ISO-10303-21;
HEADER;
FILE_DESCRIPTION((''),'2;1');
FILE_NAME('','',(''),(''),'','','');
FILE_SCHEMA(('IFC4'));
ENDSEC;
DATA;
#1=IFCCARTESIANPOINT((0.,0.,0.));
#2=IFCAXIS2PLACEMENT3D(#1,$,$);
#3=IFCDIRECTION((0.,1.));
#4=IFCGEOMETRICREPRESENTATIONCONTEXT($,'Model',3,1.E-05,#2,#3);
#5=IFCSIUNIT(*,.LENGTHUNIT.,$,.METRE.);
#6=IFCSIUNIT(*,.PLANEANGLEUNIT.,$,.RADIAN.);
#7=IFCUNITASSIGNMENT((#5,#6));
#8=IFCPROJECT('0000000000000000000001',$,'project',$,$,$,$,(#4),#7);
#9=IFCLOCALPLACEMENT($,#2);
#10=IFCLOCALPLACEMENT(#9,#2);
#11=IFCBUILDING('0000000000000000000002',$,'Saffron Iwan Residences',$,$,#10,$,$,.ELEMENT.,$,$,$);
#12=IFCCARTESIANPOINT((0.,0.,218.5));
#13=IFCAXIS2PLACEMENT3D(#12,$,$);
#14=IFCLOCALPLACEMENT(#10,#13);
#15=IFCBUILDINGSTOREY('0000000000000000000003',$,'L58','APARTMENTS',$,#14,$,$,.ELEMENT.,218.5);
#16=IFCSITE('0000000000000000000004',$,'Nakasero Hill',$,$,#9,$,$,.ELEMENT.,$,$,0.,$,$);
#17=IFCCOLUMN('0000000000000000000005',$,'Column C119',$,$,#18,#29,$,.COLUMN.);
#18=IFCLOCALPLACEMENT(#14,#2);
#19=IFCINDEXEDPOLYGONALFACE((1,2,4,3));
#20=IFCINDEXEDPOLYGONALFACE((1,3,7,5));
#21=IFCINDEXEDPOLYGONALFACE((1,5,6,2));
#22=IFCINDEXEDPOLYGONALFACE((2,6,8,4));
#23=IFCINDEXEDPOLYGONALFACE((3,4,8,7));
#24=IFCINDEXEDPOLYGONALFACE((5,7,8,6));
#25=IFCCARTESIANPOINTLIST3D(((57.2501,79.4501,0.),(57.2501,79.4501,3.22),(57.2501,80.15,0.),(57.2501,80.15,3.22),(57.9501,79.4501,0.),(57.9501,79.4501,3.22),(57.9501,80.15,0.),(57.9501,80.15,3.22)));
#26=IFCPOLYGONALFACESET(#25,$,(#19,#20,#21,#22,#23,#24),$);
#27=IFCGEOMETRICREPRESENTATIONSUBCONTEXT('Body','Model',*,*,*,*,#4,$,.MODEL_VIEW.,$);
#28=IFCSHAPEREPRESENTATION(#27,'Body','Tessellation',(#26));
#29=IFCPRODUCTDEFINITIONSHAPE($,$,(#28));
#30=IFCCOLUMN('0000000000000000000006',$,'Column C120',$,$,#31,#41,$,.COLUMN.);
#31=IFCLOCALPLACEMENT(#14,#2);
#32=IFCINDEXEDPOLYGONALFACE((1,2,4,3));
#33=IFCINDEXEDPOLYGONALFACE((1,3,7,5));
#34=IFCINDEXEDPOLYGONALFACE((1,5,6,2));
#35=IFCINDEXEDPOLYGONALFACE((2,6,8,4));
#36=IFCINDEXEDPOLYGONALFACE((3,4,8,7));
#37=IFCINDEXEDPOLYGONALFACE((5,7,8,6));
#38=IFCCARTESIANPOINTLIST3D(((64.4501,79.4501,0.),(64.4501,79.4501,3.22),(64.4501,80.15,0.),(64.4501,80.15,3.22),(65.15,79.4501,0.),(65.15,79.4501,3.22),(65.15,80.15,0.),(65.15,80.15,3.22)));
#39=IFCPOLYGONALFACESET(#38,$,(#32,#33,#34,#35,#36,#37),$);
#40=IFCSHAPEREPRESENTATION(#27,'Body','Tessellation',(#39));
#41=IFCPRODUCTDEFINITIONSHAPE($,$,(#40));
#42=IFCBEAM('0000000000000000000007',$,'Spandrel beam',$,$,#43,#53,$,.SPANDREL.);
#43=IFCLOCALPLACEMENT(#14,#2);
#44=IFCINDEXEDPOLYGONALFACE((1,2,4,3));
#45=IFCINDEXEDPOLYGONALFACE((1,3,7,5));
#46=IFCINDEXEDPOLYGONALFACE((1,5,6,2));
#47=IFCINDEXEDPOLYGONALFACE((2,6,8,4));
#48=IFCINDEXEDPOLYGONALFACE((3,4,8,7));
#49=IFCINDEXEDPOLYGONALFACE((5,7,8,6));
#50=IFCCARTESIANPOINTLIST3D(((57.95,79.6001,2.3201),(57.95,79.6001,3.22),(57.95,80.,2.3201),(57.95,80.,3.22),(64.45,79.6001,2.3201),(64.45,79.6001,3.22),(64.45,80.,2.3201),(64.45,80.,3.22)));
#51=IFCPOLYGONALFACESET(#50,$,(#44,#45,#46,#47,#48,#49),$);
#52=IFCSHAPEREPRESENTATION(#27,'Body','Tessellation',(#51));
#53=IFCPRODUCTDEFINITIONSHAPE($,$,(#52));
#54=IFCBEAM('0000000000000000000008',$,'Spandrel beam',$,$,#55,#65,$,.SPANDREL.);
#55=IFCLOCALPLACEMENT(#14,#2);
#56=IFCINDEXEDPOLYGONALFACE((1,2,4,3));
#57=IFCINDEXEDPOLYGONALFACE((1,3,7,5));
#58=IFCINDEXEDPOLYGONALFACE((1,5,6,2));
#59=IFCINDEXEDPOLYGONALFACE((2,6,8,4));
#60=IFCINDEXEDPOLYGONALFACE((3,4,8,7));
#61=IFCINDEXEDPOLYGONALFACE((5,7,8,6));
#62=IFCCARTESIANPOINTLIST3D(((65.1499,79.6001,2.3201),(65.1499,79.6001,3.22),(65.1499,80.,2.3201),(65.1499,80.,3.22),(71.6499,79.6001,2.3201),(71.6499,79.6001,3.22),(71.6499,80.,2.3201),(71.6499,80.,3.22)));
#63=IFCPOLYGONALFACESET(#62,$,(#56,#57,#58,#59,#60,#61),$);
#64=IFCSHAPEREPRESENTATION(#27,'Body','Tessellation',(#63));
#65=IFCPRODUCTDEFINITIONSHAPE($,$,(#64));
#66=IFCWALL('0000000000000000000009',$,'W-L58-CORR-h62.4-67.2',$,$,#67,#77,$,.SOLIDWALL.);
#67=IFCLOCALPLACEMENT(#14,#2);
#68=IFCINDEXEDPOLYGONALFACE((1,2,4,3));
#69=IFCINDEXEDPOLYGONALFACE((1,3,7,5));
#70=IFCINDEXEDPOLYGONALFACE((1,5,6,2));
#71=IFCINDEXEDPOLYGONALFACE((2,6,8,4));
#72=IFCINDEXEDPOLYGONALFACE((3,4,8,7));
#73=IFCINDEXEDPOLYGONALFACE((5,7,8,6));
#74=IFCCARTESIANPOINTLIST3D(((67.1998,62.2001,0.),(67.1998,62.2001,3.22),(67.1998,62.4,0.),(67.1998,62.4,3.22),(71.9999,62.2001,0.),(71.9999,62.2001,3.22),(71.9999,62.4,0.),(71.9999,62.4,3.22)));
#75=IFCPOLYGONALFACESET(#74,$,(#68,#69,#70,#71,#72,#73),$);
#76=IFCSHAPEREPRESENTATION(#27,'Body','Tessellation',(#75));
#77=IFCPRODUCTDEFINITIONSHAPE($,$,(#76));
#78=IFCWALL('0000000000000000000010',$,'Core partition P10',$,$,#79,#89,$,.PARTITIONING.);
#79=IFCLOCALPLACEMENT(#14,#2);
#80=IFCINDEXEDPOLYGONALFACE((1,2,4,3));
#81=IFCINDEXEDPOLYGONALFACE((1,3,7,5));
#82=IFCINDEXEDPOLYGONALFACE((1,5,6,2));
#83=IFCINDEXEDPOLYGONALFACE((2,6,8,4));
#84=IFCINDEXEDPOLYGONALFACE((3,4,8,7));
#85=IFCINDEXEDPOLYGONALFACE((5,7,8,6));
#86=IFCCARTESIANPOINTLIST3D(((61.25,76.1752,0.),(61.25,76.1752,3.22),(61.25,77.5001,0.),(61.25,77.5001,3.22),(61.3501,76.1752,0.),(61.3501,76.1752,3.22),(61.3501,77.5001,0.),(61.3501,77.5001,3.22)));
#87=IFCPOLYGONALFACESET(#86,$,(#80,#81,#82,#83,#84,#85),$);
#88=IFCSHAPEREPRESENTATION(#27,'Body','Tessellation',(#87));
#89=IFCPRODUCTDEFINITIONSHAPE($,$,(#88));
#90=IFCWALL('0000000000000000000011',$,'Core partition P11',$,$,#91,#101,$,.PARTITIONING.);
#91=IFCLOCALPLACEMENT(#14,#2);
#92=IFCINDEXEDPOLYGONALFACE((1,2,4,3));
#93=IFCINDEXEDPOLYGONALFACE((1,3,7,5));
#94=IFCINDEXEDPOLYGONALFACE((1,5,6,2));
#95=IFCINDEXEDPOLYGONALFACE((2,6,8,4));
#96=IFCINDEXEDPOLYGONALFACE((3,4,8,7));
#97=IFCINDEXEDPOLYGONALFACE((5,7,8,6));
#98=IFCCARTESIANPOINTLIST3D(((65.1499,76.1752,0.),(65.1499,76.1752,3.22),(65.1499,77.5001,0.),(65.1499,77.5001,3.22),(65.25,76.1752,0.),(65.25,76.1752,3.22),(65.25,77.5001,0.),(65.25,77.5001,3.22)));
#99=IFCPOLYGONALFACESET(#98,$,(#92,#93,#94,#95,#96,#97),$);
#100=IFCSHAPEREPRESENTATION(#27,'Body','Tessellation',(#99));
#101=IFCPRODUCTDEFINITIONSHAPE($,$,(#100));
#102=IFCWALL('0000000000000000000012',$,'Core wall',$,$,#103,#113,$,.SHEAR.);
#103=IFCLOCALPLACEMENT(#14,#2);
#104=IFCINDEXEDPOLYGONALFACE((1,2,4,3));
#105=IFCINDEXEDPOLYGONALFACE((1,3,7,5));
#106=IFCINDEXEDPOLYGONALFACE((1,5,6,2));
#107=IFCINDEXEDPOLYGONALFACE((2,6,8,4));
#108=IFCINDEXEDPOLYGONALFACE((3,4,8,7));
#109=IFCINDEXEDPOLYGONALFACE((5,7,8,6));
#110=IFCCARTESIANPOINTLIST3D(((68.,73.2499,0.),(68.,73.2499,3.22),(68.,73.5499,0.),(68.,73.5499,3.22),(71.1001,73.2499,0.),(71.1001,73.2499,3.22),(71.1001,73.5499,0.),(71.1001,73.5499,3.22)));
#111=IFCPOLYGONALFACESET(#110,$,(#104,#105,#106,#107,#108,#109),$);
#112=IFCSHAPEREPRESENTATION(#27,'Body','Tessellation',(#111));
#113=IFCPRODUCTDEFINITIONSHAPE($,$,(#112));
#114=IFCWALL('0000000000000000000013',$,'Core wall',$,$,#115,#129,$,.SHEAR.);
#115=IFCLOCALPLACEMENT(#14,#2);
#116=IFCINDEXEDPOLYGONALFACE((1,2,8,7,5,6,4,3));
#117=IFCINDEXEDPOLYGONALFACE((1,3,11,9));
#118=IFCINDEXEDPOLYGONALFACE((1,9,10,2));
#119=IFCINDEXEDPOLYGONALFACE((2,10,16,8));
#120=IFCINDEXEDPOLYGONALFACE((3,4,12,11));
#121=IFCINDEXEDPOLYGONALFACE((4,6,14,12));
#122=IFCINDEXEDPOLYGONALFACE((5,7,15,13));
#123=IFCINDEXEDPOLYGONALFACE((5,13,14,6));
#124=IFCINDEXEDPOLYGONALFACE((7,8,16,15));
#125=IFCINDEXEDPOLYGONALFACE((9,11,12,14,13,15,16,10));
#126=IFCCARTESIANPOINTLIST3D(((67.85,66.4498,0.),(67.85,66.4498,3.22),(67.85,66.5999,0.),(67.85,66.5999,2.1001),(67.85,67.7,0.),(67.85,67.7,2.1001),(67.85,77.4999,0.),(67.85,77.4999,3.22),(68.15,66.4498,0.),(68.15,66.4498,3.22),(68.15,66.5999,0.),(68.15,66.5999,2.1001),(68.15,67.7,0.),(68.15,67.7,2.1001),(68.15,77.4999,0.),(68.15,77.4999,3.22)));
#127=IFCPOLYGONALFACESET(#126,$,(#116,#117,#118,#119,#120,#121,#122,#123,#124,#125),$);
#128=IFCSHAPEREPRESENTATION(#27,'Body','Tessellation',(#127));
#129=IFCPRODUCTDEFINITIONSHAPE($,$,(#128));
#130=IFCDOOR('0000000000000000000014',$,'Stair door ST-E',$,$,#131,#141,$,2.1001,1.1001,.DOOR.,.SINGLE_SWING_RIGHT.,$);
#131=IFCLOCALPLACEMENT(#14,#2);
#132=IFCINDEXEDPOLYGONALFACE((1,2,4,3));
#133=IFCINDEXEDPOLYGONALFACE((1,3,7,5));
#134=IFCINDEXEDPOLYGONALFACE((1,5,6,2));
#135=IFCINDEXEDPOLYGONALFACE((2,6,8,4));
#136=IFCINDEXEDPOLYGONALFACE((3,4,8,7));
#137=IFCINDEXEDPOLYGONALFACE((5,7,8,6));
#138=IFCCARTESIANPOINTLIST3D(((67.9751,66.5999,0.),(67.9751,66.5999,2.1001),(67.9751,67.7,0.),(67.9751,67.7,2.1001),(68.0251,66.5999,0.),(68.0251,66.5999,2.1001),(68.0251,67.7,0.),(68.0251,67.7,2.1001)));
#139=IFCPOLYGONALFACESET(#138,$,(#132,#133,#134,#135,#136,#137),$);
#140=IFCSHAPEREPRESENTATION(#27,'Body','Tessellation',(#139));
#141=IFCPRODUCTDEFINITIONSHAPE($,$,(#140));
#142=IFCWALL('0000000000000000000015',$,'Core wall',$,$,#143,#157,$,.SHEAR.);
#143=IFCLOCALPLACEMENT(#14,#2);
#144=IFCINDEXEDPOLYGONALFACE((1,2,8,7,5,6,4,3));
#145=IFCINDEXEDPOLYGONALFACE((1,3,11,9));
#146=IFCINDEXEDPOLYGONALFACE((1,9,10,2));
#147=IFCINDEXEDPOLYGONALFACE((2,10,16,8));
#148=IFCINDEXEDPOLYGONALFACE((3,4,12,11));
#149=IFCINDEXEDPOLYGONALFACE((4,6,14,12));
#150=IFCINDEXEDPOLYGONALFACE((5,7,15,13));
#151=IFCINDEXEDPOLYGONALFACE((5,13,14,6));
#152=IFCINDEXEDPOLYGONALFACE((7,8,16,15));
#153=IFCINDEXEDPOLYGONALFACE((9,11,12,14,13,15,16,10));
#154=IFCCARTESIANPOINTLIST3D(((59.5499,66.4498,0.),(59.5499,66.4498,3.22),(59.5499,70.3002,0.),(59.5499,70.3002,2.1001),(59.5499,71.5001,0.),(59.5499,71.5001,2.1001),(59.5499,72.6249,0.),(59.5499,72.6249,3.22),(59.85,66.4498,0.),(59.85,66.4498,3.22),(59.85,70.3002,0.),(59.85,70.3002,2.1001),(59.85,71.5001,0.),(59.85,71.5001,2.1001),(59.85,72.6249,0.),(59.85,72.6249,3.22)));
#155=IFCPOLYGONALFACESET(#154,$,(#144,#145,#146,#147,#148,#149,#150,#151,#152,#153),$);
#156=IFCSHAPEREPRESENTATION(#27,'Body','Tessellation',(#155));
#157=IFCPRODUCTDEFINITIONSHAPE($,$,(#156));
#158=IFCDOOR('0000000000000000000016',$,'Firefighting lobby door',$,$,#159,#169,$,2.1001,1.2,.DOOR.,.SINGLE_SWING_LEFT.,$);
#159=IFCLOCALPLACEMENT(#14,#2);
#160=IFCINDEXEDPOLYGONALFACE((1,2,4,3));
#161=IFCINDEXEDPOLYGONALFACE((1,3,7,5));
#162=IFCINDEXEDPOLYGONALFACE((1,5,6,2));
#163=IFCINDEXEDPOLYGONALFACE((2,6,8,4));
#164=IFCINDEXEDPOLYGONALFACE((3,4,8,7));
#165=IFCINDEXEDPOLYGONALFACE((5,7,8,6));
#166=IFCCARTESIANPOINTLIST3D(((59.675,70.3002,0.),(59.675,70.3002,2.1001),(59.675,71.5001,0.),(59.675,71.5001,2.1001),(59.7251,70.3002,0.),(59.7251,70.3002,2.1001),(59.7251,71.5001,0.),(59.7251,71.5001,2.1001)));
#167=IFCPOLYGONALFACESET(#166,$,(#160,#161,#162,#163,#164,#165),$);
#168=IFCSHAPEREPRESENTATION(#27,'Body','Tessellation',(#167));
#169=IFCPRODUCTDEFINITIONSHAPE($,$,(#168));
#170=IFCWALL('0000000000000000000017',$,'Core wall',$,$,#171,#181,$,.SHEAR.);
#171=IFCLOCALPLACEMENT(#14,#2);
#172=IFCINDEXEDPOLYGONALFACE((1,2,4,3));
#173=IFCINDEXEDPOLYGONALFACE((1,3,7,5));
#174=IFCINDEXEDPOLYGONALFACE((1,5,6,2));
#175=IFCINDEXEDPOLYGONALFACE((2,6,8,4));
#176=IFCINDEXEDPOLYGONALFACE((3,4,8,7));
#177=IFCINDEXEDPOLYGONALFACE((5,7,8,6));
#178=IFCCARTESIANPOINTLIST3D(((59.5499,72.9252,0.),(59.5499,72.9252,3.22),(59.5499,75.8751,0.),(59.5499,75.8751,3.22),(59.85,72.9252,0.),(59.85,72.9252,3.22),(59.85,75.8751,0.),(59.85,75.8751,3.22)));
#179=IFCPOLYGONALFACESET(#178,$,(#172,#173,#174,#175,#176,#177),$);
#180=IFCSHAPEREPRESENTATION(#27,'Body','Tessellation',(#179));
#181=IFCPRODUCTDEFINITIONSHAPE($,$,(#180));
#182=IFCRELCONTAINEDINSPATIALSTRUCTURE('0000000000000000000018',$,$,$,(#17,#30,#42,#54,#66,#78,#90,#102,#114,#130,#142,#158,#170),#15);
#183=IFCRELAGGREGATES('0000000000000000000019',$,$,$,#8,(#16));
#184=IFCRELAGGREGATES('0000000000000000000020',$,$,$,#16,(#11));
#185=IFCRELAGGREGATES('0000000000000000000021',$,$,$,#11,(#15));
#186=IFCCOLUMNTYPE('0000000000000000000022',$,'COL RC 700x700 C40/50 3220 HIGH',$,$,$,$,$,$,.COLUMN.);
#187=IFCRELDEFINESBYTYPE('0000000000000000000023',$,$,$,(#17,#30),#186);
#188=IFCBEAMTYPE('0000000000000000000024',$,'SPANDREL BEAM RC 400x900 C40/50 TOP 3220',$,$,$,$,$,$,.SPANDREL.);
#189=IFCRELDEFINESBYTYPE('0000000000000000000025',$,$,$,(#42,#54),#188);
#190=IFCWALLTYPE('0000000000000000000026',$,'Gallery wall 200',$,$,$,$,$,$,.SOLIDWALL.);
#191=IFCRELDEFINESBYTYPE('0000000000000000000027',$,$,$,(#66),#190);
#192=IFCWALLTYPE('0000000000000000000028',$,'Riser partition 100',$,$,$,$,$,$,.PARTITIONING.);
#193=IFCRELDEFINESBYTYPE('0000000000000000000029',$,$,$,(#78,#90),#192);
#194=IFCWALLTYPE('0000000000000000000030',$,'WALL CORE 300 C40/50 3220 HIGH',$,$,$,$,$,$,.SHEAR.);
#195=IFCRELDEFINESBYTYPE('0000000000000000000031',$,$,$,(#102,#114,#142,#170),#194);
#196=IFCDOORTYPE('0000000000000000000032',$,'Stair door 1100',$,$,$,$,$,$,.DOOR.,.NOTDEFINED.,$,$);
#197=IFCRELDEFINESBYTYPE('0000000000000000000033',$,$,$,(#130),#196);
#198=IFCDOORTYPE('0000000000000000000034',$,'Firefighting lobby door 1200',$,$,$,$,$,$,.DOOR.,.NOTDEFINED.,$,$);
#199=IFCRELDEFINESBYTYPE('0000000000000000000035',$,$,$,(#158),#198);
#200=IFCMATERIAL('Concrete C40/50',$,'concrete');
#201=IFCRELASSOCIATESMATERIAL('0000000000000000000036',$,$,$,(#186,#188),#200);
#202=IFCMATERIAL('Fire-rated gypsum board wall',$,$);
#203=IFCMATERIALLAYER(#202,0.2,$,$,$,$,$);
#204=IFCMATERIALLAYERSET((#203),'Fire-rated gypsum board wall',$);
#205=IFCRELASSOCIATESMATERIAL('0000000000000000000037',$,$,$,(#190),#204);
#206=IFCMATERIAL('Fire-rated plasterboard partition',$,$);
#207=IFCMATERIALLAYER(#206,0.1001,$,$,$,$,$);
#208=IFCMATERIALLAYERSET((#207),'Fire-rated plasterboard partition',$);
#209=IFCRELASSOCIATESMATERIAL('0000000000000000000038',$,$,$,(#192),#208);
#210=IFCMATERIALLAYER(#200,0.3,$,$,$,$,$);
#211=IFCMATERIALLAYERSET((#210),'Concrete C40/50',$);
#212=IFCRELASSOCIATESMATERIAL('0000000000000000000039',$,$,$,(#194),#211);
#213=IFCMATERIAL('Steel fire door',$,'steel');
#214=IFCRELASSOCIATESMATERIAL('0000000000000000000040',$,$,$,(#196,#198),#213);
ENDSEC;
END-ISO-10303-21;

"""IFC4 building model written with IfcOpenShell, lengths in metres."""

from ifc_helpers import new_model, si_unit, direction, frame, frame_2d, origin, origin_2d, place, context, subcontext, project, spatial, rectangle, extrude, source, transform, mapped, material, layer, layer_set, material_profile, profile_set, type_object, element, fill, save


model = new_model("IFC4")

# Units and contexts
model_context = context("Model", 3, precision=1e-05, world=origin(), true_north=direction((0.0, 1.0)))
body_context = subcontext(model_context, "Body", "Model", "MODEL_VIEW")
ifc_project = project(units=[si_unit("LENGTHUNIT", "METRE"), si_unit("PLANEANGLEUNIT", "RADIAN")], contexts=[model_context])

# Site, building, storey
site_placement = place(None, origin())
site = spatial("IfcSite", under=ifc_project, at=site_placement, Name="Nakasero Hill", CompositionType="ELEMENT", RefElevation=0.0)
building_placement = place(site_placement, origin())
building = spatial("IfcBuilding", under=site, at=building_placement, Name="Saffron Iwan Residences", CompositionType="ELEMENT")
storey_placement = place(building_placement, frame((0.0, 0.0, 218.5)))
storey = spatial("IfcBuildingStorey", under=building, at=storey_placement, Name="L58", Description="APARTMENTS", CompositionType="ELEMENT", Elevation=218.5)

# Columns
ifc_material_1 = material(Name="Concrete C40/50", Category="concrete")
ifc_material_profile_1 = material_profile(ifc_material_1, rectangle(XDim=0.7, YDim=0.7, at=origin_2d()), Name="RC 700x700")
ifc_profile_set_1 = profile_set([ifc_material_profile_1], Name="Concrete C40/50")
column_type = type_object("IfcColumnType", Name="COL RC 700x700 C40/50 3220 HIGH", PredefinedType="COLUMN", material=ifc_profile_set_1)
shared_shape_1 = source(origin(), body_context, "Body", "SweptSolid", [
    extrude(rectangle(XDim=0.7, YDim=0.7, at=origin_2d()), origin(), (0.0, 0.0, 1.0), 3.22),
])
for number, where, z_axis, x_axis, name in (
    (1, (57.6001, 79.8, 0.0), (0.0, 0.0, 1.0), (1.0, 0.0, 0.0), "Column C119"),
    (2, (64.8, 79.8, 0.0), (0.0, 0.0, 1.0), (1.0, 0.0, 0.0), "Column C120"),
):
    element("IfcColumn", number, at=place(storey_placement, frame(where, z_axis=z_axis, x_axis=x_axis)), inside=storey, type_object=column_type, Name=name, PredefinedType="COLUMN", context=body_context, shape_type="MappedRepresentation", body=[
        mapped(shared_shape_1, transform((0.0, 0.0, 0.0))),
    ])

# Beams
ifc_material_profile_2 = material_profile(ifc_material_1, rectangle(XDim=0.3999, YDim=0.8999, at=origin_2d()), Name="RC 400x900")
ifc_profile_set_2 = profile_set([ifc_material_profile_2], Name="Concrete C40/50")
beam_type = type_object("IfcBeamType", Name="SPANDREL BEAM RC 400x900 C40/50 TOP 3220", PredefinedType="SPANDREL", material=ifc_profile_set_2)
shared_shape_2 = source(origin(), body_context, "Body", "SweptSolid", [
    extrude(rectangle(XDim=0.3999, YDim=0.8999, at=origin_2d()), origin(), (0.0, 0.0, 1.0), 6.5),
])
for number, where, z_axis, x_axis, name in (
    (3, (57.95, 79.8, 2.77), (1.0, 0.0, 0.0), (0.0, 1.0, 0.0), "Spandrel beam"),
    (4, (65.1499, 79.8, 2.77), (1.0, 0.0, 0.0), (0.0, 1.0, 0.0), "Spandrel beam"),
):
    element("IfcBeam", number, at=place(storey_placement, frame(where, z_axis=z_axis, x_axis=x_axis)), inside=storey, type_object=beam_type, Name=name, PredefinedType="SPANDREL", context=body_context, shape_type="MappedRepresentation", body=[
        mapped(shared_shape_2, transform((0.0, 0.0, 0.0))),
    ])

# Walls
ifc_material_2 = material(Name="Fire-rated gypsum board wall")
ifc_layer_1 = layer(ifc_material_2, 0.2)
ifc_layer_set_1 = layer_set([ifc_layer_1], Name="Fire-rated gypsum board wall")
wall_type_1 = type_object("IfcWallType", Name="Gallery wall 200", PredefinedType="SOLIDWALL", material=ifc_layer_set_1)
wall_1_placement = place(storey_placement, frame((67.2, 62.3, 0.0), z_axis=(0.0, 0.0, 1.0), x_axis=(1.0, 0.0, 0.0)))
element("IfcWall", 5, at=wall_1_placement, inside=storey, type_object=wall_type_1, Name="W-L58-CORR-h62.4-67.2", PredefinedType="SOLIDWALL", context=body_context, shape_type="SweptSolid", body=[
    extrude(rectangle(XDim=4.8, YDim=0.2, at=frame_2d((2.3999, 0.0))), origin(), (0.0, 0.0, 1.0), 3.22),
])
ifc_material_3 = material(Name="Fire-rated plasterboard partition")
ifc_layer_2 = layer(ifc_material_3, 0.1001)
ifc_layer_set_2 = layer_set([ifc_layer_2], Name="Fire-rated plasterboard partition")
wall_type_2 = type_object("IfcWallType", Name="Riser partition 100", PredefinedType="PARTITIONING", material=ifc_layer_set_2)
for number, where, z_axis, x_axis, name in (
    (6, (61.3, 76.175, 0.0), (0.0, 0.0, 1.0), (0.0, 1.0, 0.0), "Core partition P10"),
    (7, (65.2, 76.175, 0.0), (0.0, 0.0, 1.0), (0.0, 1.0, 0.0), "Core partition P11"),
):
    element("IfcWall", number, at=place(storey_placement, frame(where, z_axis=z_axis, x_axis=x_axis)), inside=storey, type_object=wall_type_2, Name=name, PredefinedType="PARTITIONING", context=body_context, shape_type="SweptSolid", body=[
        extrude(rectangle(XDim=1.325, YDim=0.1001, at=frame_2d((0.6626, 0.0))), origin(), (0.0, 0.0, 1.0), 3.22),
    ])
ifc_layer_3 = layer(ifc_material_1, 0.3)
ifc_layer_set_3 = layer_set([ifc_layer_3], Name="Concrete C40/50")
wall_type_3 = type_object("IfcWallType", Name="WALL CORE 300 C40/50 3220 HIGH", PredefinedType="SHEAR", material=ifc_layer_set_3)
wall_2_placement = place(storey_placement, frame((68.0, 73.3999, 0.0), z_axis=(0.0, 0.0, 1.0), x_axis=(1.0, 0.0, 0.0)))
element("IfcWall", 8, at=wall_2_placement, inside=storey, type_object=wall_type_3, Name="Core wall", PredefinedType="SHEAR", context=body_context, shape_type="SweptSolid", body=[
    extrude(rectangle(XDim=3.1001, YDim=0.3, at=frame_2d((1.55, 0.0))), origin(), (0.0, 0.0, 1.0), 3.22),
])

# Walls, openings, doors
wall_3_placement = place(storey_placement, frame((68.0, 66.45, 0.0), z_axis=(0.0, 0.0, 1.0), x_axis=(0.0, 1.0, 0.0)))
wall_3 = element("IfcWall", 9, at=wall_3_placement, inside=storey, type_object=wall_type_3, Name="Core wall", PredefinedType="SHEAR", context=body_context, shape_type="SweptSolid", body=[
    extrude(rectangle(XDim=11.05, YDim=0.3, at=frame_2d((5.5249, 0.0))), origin(), (0.0, 0.0, 1.0), 3.22),
])
opening_1_placement = place(wall_3_placement, frame((0.1499, 0.0, 0.0)))
opening_1 = element("IfcOpeningElement", 10, at=opening_1_placement, cuts=wall_3, PredefinedType="OPENING", context=body_context, shape_type="SweptSolid", body=[
    extrude(rectangle(XDim=1.1001, YDim=2.1001, at=frame_2d((0.55, 1.05))), frame((0.0, 0.1602, 0.0), z_axis=(0.0, -1.0, 0.0), x_axis=(1.0, 0.0, 0.0)), (0.0, 0.0, 1.0), 0.3201),
])
ifc_material_4 = material(Name="Steel fire door", Category="steel")
door_type_1 = type_object("IfcDoorType", Name="Stair door 1100", OperationType="NOTDEFINED", PredefinedType="DOOR", material=ifc_material_4)
door_1_placement = place(opening_1_placement, origin())
door_1 = element("IfcDoor", 11, at=door_1_placement, inside=storey, type_object=door_type_1, Name="Stair door ST-E", OperationType="SINGLE_SWING_RIGHT", OverallHeight=2.1001, OverallWidth=1.1001, PredefinedType="DOOR", context=body_context, shape_type="SweptSolid", body=[
    extrude(rectangle(XDim=1.1001, YDim=2.1001, at=frame_2d((0.55, 1.05))), frame((0.0, 0.0249, 0.0), z_axis=(0.0, -1.0, 0.0), x_axis=(1.0, 0.0, 0.0)), (0.0, 0.0, 1.0), 0.05),
])
fill(opening_1, door_1)
wall_4_placement = place(storey_placement, frame((59.7, 66.45, 0.0), z_axis=(0.0, 0.0, 1.0), x_axis=(0.0, 1.0, 0.0)))
wall_4 = element("IfcWall", 12, at=wall_4_placement, inside=storey, type_object=wall_type_3, Name="Core wall", PredefinedType="SHEAR", context=body_context, shape_type="SweptSolid", body=[
    extrude(rectangle(XDim=6.175, YDim=0.3, at=frame_2d((3.0874, 0.0))), origin(), (0.0, 0.0, 1.0), 3.22),
])
opening_2_placement = place(wall_4_placement, frame((3.8501, 0.0, 0.0)))
opening_2 = element("IfcOpeningElement", 13, at=opening_2_placement, cuts=wall_4, PredefinedType="OPENING", context=body_context, shape_type="SweptSolid", body=[
    extrude(rectangle(XDim=1.2, YDim=2.1001, at=frame_2d((0.6001, 1.05))), frame((0.0, 0.1602, 0.0), z_axis=(0.0, -1.0, 0.0), x_axis=(1.0, 0.0, 0.0)), (0.0, 0.0, 1.0), 0.3201),
])
door_type_2 = type_object("IfcDoorType", Name="Firefighting lobby door 1200", OperationType="NOTDEFINED", PredefinedType="DOOR", material=ifc_material_4)
door_2_placement = place(opening_2_placement, origin())
door_2 = element("IfcDoor", 14, at=door_2_placement, inside=storey, type_object=door_type_2, Name="Firefighting lobby door", OperationType="SINGLE_SWING_LEFT", OverallHeight=2.1001, OverallWidth=1.2, PredefinedType="DOOR", context=body_context, shape_type="SweptSolid", body=[
    extrude(rectangle(XDim=1.2, YDim=2.1001, at=frame_2d((0.6001, 1.05))), frame((0.0, 0.0249, 0.0), z_axis=(0.0, -1.0, 0.0), x_axis=(1.0, 0.0, 0.0)), (0.0, 0.0, 1.0), 0.05),
])
fill(opening_2, door_2)

# Wall
wall_5_placement = place(storey_placement, frame((59.7, 72.925, 0.0), z_axis=(0.0, 0.0, 1.0), x_axis=(0.0, 1.0, 0.0)))
element("IfcWall", 15, at=wall_5_placement, inside=storey, type_object=wall_type_3, Name="Core wall", PredefinedType="SHEAR", context=body_context, shape_type="SweptSolid", body=[
    extrude(rectangle(XDim=2.95, YDim=0.3, at=frame_2d((1.4751, 0.0))), origin(), (0.0, 0.0, 1.0), 3.22),
])

save(model, "model.ifc")
